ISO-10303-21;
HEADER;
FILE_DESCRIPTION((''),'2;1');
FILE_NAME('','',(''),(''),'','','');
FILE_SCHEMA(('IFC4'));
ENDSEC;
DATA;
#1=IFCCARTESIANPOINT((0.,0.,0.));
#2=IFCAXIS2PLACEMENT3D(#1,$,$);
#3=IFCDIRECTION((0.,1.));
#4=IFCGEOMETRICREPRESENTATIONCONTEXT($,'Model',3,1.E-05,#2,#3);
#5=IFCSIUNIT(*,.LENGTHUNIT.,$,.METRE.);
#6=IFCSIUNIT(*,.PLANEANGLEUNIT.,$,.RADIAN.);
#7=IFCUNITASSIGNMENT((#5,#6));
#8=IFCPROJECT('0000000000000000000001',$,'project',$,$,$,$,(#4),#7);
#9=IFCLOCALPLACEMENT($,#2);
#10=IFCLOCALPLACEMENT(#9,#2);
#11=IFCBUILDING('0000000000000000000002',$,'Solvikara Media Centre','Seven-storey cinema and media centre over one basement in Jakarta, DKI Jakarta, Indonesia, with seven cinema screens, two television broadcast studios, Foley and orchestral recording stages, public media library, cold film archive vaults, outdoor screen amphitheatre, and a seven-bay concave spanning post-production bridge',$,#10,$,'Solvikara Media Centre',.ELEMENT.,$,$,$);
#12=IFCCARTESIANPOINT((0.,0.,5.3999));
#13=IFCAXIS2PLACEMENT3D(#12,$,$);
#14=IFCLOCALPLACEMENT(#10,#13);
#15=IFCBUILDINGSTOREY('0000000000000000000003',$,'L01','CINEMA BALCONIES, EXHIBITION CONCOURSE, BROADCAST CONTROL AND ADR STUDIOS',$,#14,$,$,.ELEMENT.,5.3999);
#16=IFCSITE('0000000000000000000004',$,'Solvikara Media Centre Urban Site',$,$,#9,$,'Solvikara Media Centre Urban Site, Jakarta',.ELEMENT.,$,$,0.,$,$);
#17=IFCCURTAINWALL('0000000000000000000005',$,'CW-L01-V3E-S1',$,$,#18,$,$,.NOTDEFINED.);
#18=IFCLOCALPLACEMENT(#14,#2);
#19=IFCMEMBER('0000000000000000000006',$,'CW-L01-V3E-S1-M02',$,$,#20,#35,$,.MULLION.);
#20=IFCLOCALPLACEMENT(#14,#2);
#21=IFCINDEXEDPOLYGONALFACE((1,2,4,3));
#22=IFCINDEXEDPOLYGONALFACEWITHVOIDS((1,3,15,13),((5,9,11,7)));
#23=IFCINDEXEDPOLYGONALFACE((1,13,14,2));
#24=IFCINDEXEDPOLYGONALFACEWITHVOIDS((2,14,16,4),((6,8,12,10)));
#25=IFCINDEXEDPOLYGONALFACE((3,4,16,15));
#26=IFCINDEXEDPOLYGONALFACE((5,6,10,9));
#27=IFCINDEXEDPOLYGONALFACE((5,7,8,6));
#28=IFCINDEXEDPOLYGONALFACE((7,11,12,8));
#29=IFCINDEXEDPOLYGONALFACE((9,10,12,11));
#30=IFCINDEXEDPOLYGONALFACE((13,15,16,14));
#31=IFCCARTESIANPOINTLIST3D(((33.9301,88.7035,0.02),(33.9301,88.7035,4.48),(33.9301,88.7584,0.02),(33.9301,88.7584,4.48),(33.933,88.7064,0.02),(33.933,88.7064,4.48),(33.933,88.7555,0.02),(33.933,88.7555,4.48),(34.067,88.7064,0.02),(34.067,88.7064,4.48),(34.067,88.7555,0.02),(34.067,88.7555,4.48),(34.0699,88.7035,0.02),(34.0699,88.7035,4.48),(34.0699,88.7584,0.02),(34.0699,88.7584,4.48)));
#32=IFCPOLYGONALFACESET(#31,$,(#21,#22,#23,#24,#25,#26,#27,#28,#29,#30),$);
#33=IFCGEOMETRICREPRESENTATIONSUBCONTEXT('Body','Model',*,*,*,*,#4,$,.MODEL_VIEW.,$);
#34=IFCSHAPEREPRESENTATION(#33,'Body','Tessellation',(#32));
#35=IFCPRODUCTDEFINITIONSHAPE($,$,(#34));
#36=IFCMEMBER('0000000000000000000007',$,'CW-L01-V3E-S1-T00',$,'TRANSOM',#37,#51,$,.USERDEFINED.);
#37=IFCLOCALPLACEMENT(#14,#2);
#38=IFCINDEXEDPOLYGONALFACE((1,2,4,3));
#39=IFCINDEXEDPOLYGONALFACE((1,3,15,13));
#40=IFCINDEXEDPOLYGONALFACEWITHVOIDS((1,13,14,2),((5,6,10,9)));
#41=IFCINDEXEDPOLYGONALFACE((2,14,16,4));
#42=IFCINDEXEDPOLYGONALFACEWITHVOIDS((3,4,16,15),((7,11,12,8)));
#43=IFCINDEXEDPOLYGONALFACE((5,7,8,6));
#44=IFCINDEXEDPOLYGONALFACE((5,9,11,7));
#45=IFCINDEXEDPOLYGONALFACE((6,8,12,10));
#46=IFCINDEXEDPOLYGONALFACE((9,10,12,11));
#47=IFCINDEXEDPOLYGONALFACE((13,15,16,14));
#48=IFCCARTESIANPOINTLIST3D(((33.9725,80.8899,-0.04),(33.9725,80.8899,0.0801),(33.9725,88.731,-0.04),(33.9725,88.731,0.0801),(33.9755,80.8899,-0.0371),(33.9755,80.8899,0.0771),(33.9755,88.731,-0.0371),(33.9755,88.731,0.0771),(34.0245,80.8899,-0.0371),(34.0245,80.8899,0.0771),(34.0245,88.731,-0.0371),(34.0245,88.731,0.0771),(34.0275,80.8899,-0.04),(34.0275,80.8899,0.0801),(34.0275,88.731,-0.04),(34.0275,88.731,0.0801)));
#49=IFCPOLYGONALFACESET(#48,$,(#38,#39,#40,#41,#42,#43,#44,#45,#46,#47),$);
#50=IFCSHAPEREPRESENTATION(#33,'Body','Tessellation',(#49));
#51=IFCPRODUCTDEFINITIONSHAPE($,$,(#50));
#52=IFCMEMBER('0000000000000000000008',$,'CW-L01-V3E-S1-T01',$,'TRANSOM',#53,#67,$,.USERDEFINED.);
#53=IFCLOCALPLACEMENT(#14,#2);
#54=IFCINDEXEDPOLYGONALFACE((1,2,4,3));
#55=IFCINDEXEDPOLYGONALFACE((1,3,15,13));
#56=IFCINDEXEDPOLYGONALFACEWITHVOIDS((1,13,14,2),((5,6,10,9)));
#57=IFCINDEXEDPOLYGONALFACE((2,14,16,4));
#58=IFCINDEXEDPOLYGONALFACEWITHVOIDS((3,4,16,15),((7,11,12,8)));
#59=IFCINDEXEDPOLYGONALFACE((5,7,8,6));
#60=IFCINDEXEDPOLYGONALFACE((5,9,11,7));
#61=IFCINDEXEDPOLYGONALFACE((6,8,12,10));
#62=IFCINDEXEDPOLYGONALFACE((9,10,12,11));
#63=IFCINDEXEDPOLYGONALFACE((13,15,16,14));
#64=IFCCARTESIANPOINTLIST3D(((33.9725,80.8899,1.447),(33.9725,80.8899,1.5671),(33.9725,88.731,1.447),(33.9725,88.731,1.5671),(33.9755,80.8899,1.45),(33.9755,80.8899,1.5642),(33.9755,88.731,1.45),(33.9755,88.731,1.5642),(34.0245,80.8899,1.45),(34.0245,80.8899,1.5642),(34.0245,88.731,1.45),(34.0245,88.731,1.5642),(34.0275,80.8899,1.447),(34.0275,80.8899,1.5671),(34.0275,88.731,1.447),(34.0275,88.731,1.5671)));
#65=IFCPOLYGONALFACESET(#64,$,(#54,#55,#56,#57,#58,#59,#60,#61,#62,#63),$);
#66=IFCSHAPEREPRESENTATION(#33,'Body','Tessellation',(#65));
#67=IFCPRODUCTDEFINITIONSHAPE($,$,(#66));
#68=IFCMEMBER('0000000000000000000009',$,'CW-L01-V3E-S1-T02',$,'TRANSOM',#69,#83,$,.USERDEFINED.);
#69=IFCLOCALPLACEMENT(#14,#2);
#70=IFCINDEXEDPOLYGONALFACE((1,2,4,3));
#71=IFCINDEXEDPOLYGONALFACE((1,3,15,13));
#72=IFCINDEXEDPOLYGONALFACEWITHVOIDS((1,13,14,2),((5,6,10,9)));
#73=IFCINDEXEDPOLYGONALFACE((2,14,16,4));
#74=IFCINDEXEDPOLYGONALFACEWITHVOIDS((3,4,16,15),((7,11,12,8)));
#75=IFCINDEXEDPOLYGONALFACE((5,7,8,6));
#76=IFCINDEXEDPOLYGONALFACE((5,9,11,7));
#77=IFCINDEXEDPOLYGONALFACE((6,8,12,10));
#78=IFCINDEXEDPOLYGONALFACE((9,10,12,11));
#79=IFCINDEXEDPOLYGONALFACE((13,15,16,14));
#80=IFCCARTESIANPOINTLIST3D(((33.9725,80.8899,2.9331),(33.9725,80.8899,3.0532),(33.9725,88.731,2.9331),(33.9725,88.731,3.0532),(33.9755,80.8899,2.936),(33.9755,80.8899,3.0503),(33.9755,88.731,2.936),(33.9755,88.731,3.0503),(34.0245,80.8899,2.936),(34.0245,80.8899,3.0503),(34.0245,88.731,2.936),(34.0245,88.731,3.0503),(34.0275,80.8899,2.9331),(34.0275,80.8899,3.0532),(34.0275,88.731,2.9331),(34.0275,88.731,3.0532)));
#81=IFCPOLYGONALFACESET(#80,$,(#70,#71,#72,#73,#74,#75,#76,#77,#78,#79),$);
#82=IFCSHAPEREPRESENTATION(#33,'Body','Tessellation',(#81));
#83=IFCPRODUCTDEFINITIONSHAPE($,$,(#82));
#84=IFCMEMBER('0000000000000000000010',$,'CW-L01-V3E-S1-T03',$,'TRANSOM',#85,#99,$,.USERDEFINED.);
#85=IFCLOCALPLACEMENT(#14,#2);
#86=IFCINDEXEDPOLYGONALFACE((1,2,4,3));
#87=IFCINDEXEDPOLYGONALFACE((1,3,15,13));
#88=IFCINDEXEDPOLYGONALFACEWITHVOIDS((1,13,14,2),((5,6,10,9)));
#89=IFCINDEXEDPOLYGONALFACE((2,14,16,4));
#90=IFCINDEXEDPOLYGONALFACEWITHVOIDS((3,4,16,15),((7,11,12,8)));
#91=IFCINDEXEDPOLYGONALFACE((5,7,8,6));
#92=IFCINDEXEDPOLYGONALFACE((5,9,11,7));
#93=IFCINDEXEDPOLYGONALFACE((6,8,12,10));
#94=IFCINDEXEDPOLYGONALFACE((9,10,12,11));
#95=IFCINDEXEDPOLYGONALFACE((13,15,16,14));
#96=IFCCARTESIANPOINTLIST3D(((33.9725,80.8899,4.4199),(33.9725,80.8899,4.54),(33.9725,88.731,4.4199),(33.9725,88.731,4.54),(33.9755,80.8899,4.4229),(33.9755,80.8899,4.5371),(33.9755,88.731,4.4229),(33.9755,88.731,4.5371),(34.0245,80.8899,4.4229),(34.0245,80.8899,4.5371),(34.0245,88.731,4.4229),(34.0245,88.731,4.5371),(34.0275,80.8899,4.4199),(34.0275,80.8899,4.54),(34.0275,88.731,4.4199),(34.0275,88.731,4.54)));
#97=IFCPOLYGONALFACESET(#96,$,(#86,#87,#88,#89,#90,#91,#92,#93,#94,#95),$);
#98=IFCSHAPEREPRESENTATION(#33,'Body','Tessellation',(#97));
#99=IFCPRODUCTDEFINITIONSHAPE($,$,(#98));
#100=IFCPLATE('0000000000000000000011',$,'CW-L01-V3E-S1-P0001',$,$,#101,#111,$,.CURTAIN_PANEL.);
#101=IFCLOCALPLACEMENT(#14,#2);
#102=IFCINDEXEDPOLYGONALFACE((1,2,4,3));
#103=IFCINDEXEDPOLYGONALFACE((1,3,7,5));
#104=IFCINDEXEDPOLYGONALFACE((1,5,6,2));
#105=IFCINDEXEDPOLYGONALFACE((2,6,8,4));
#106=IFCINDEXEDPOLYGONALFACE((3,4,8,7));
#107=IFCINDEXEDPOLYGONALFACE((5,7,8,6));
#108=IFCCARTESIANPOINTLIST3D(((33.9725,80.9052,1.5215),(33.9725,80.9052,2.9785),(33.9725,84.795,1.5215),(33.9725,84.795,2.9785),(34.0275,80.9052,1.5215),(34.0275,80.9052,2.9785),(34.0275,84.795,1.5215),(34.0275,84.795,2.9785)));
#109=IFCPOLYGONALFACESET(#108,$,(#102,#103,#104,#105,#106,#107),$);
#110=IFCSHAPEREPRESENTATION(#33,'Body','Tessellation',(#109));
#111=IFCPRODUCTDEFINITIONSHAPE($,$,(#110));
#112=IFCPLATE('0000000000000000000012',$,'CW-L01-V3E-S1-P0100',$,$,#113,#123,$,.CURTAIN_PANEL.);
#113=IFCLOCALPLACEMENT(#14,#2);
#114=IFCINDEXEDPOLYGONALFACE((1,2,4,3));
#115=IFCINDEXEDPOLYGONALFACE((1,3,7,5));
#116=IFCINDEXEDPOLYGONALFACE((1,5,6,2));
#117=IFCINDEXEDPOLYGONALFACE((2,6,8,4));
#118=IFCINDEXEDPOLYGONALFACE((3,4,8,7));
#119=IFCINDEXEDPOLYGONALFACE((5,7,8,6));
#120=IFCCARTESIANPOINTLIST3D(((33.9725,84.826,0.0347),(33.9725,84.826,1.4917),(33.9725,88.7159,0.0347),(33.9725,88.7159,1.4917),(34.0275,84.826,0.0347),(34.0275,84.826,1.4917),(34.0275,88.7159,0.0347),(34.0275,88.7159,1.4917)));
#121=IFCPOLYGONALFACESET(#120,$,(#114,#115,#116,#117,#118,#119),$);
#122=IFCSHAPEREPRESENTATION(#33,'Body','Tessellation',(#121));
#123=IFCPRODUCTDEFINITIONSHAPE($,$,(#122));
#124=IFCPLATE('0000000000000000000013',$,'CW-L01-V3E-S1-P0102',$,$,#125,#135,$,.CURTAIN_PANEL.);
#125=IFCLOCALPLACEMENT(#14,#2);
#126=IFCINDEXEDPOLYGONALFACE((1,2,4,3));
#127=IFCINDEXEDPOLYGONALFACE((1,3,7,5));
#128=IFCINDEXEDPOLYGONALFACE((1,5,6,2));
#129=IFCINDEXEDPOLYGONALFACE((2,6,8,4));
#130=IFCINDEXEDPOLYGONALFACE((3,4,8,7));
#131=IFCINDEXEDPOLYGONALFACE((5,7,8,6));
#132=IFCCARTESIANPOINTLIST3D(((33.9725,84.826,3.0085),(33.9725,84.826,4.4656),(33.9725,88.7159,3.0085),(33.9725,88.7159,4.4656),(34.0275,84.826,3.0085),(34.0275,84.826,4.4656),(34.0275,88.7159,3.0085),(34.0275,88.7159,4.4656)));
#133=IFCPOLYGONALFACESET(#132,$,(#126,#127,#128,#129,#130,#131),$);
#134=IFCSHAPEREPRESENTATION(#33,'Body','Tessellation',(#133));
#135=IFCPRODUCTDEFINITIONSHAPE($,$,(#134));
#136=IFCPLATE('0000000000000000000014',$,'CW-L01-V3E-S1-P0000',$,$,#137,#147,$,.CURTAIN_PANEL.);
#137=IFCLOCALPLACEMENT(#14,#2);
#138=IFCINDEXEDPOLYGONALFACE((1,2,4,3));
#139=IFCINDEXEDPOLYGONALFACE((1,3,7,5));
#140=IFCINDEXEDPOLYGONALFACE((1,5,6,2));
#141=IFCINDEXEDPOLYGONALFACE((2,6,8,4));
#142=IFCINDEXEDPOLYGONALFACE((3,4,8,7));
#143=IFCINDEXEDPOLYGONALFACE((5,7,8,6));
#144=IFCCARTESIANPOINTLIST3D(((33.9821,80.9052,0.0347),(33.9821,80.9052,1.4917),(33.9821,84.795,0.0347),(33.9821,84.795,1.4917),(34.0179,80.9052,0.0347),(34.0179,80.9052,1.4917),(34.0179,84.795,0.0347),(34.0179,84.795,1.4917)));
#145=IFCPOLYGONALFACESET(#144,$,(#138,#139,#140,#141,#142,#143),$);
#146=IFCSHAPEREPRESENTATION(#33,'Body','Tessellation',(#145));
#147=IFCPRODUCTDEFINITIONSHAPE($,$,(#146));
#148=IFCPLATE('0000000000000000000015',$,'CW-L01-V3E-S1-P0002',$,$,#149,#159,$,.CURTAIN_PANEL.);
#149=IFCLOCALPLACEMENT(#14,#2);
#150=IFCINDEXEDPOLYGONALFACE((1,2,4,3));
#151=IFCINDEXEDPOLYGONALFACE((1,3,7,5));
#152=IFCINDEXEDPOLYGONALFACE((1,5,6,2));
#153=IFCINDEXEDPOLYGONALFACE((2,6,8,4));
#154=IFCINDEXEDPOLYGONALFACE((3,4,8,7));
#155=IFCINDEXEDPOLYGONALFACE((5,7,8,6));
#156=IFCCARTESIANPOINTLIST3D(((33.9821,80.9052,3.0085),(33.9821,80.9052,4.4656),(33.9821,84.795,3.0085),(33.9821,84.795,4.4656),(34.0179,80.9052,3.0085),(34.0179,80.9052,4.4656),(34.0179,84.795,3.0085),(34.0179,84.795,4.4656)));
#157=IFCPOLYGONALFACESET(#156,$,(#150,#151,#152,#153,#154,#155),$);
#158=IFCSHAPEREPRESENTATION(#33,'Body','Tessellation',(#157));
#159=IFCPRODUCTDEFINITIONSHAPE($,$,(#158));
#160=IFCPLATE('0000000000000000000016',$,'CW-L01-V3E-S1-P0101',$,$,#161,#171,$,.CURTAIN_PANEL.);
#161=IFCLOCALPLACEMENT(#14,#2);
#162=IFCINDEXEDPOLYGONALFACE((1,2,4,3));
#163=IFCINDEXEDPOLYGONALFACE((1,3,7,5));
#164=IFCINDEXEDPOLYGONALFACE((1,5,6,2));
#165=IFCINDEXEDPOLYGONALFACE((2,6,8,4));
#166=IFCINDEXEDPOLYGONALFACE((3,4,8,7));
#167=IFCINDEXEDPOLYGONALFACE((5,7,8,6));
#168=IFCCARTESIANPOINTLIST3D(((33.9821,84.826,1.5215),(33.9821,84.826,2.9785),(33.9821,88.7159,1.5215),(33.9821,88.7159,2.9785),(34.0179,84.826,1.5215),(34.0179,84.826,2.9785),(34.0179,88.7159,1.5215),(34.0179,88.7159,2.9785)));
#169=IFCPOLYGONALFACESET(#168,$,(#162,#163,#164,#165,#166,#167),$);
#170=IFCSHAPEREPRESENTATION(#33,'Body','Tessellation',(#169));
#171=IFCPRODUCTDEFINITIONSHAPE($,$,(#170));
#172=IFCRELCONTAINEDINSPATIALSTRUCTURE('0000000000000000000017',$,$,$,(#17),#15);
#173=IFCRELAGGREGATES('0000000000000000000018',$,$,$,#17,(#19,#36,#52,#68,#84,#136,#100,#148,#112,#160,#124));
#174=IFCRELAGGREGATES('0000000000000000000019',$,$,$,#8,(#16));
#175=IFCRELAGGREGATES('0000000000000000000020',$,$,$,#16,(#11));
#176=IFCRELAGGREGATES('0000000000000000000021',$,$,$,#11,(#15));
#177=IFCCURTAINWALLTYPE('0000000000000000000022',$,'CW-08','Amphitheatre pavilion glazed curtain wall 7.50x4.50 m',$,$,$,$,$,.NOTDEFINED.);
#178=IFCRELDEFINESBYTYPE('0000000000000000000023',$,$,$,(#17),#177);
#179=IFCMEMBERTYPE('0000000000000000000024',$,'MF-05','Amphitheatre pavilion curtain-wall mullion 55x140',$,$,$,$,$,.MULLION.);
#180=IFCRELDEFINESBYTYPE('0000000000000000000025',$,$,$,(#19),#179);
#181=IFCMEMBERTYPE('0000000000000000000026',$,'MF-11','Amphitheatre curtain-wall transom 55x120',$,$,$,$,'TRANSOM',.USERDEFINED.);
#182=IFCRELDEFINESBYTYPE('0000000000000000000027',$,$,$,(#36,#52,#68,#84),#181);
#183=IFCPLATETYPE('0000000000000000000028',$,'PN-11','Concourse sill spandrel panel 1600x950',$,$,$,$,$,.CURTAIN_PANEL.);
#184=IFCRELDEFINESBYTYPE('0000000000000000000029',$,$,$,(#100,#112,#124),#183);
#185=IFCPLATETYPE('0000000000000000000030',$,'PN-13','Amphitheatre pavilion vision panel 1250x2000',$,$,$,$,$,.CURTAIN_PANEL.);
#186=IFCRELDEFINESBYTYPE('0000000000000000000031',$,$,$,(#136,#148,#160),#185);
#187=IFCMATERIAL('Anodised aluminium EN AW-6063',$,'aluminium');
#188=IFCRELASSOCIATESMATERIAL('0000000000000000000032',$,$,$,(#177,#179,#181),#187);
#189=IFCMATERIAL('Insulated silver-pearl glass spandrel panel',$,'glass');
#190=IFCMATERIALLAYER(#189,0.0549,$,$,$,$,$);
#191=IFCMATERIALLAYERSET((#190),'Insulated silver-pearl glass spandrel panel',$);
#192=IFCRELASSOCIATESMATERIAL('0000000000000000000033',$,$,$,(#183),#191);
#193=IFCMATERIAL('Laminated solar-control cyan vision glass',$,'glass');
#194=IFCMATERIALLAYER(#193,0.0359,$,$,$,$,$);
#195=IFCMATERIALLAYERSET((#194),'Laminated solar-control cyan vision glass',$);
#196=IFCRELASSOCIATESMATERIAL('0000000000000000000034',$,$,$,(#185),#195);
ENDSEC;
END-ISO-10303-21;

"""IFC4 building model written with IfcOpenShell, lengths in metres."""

from ifc_helpers import new_model, si_unit, direction, frame, origin, origin_2d, place, context, subcontext, project, spatial, rectangle, hollow_rectangle, extrude, material, layer, layer_set, material_profile, profile_set, type_object, element, aggregate, save


model = new_model("IFC4")

# Units and contexts
model_context = context("Model", 3, precision=1e-05, world=origin(), true_north=direction((0.0, 1.0)))
body_context = subcontext(model_context, "Body", "Model", "MODEL_VIEW")
ifc_project = project(units=[si_unit("LENGTHUNIT", "METRE"), si_unit("PLANEANGLEUNIT", "RADIAN")], contexts=[model_context])

# Site, building, storey
site_placement = place(None, origin())
site = spatial("IfcSite", under=ifc_project, at=site_placement, Name="Solvikara Media Centre Urban Site", LongName="Solvikara Media Centre Urban Site, Jakarta", CompositionType="ELEMENT", RefElevation=0.0)
building_placement = place(site_placement, origin())
building = spatial("IfcBuilding", under=site, at=building_placement, Name="Solvikara Media Centre", Description="Seven-storey cinema and media centre over one basement in Jakarta, DKI Jakarta, Indonesia, with seven cinema screens, two television broadcast studios, Foley and orchestral recording stages, public media library, cold film archive vaults, outdoor screen amphitheatre, and a seven-bay concave spanning post-production bridge", LongName="Solvikara Media Centre", CompositionType="ELEMENT")
storey_placement = place(building_placement, frame((0.0, 0.0, 5.3999)))
storey = spatial("IfcBuildingStorey", under=building, at=storey_placement, Name="L01", Description="CINEMA BALCONIES, EXHIBITION CONCOURSE, BROADCAST CONTROL AND ADR STUDIOS", CompositionType="ELEMENT", Elevation=5.3999)

# Curtain wall, members, plates
ifc_material_1 = material(Name="Anodised aluminium EN AW-6063", Category="aluminium")
curtain_wall_type = type_object("IfcCurtainWallType", Name="CW-08", Description="Amphitheatre pavilion glazed curtain wall 7.50x4.50 m", PredefinedType="NOTDEFINED", material=ifc_material_1)
curtain_wall_placement = place(storey_placement, origin())
curtain_wall = element("IfcCurtainWall", 1, at=curtain_wall_placement, inside=storey, type_object=curtain_wall_type, Name="CW-L01-V3E-S1", PredefinedType="NOTDEFINED")
ifc_material_profile_1 = material_profile(ifc_material_1, hollow_rectangle(XDim=0.0549, YDim=0.1399, WallThickness=0.0029, at=origin_2d()), Name="ALU-M 55x140x3")
ifc_profile_set_1 = profile_set([ifc_material_profile_1], Name="Anodised aluminium EN AW-6063")
member_type_1 = type_object("IfcMemberType", Name="MF-05", Description="Amphitheatre pavilion curtain-wall mullion 55x140", PredefinedType="MULLION", material=ifc_profile_set_1)
member_1_placement = place(storey_placement, frame((34.0, 88.731, 0.02), z_axis=(0.0, 0.0, 1.0), x_axis=(0.0, 1.0, 0.0)))
member_1 = element("IfcMember", 2, at=member_1_placement, type_object=member_type_1, Name="CW-L01-V3E-S1-M02", PredefinedType="MULLION", context=body_context, shape_type="SweptSolid", body=[
    extrude(hollow_rectangle(XDim=0.0549, YDim=0.1399, WallThickness=0.0029, at=origin_2d()), origin(), (0.0, 0.0, 1.0), 4.46),
])
ifc_material_profile_2 = material_profile(ifc_material_1, hollow_rectangle(XDim=0.0549, YDim=0.1201, WallThickness=0.0029, at=origin_2d()), Name="ALU-T 55x120x3")
ifc_profile_set_2 = profile_set([ifc_material_profile_2], Name="Anodised aluminium EN AW-6063")
member_type_2 = type_object("IfcMemberType", Name="MF-11", Description="Amphitheatre curtain-wall transom 55x120", ElementType="TRANSOM", PredefinedType="USERDEFINED", material=ifc_profile_set_2)
member_2_placement = place(storey_placement, frame((34.0, 80.8899, 0.02), z_axis=(0.0, 1.0, 0.0), x_axis=(-1.0, 0.0, 0.0)))
member_2 = element("IfcMember", 3, at=member_2_placement, type_object=member_type_2, Name="CW-L01-V3E-S1-T00", ObjectType="TRANSOM", PredefinedType="USERDEFINED", context=body_context, shape_type="SweptSolid", body=[
    extrude(hollow_rectangle(XDim=0.0549, YDim=0.1201, WallThickness=0.0029, at=origin_2d()), origin(), (0.0, 0.0, 1.0), 7.8411),
])
member_3_placement = place(storey_placement, frame((34.0, 80.8899, 1.5071), z_axis=(0.0, 1.0, 0.0), x_axis=(-1.0, 0.0, 0.0)))
member_3 = element("IfcMember", 4, at=member_3_placement, type_object=member_type_2, Name="CW-L01-V3E-S1-T01", ObjectType="TRANSOM", PredefinedType="USERDEFINED", context=body_context, shape_type="SweptSolid", body=[
    extrude(hollow_rectangle(XDim=0.0549, YDim=0.1201, WallThickness=0.0029, at=origin_2d()), origin(), (0.0, 0.0, 1.0), 7.8411),
])
member_4_placement = place(storey_placement, frame((34.0, 80.8899, 2.9932), z_axis=(0.0, 1.0, 0.0), x_axis=(-1.0, 0.0, 0.0)))
member_4 = element("IfcMember", 5, at=member_4_placement, type_object=member_type_2, Name="CW-L01-V3E-S1-T02", ObjectType="TRANSOM", PredefinedType="USERDEFINED", context=body_context, shape_type="SweptSolid", body=[
    extrude(hollow_rectangle(XDim=0.0549, YDim=0.1201, WallThickness=0.0029, at=origin_2d()), origin(), (0.0, 0.0, 1.0), 7.8411),
])
member_5_placement = place(storey_placement, frame((34.0, 80.8899, 4.48), z_axis=(0.0, 1.0, 0.0), x_axis=(-1.0, 0.0, 0.0)))
member_5 = element("IfcMember", 6, at=member_5_placement, type_object=member_type_2, Name="CW-L01-V3E-S1-T03", ObjectType="TRANSOM", PredefinedType="USERDEFINED", context=body_context, shape_type="SweptSolid", body=[
    extrude(hollow_rectangle(XDim=0.0549, YDim=0.1201, WallThickness=0.0029, at=origin_2d()), origin(), (0.0, 0.0, 1.0), 7.8411),
])
ifc_material_2 = material(Name="Insulated silver-pearl glass spandrel panel", Category="glass")
ifc_layer_1 = layer(ifc_material_2, 0.0549)
ifc_layer_set_1 = layer_set([ifc_layer_1], Name="Insulated silver-pearl glass spandrel panel")
plate_type_1 = type_object("IfcPlateType", Name="PN-11", Description="Concourse sill spandrel panel 1600x950", PredefinedType="CURTAIN_PANEL", material=ifc_layer_set_1)
plate_1_placement = place(storey_placement, frame((34.0, 82.8501, 1.5215), z_axis=(0.0, 0.0, 1.0), x_axis=(0.0, 1.0, 0.0)))
plate_1 = element("IfcPlate", 7, at=plate_1_placement, type_object=plate_type_1, Name="CW-L01-V3E-S1-P0001", PredefinedType="CURTAIN_PANEL", context=body_context, shape_type="SweptSolid", body=[
    extrude(rectangle(XDim=3.8899, YDim=0.0549, at=origin_2d()), origin(), (0.0, 0.0, 1.0), 1.457),
])
plate_2_placement = place(storey_placement, frame((34.0, 86.771, 0.0347), z_axis=(0.0, 0.0, 1.0), x_axis=(0.0, 1.0, 0.0)))
plate_2 = element("IfcPlate", 8, at=plate_2_placement, type_object=plate_type_1, Name="CW-L01-V3E-S1-P0100", PredefinedType="CURTAIN_PANEL", context=body_context, shape_type="SweptSolid", body=[
    extrude(rectangle(XDim=3.8899, YDim=0.0549, at=origin_2d()), origin(), (0.0, 0.0, 1.0), 1.457),
])
plate_3_placement = place(storey_placement, frame((34.0, 86.771, 3.0085), z_axis=(0.0, 0.0, 1.0), x_axis=(0.0, 1.0, 0.0)))
plate_3 = element("IfcPlate", 9, at=plate_3_placement, type_object=plate_type_1, Name="CW-L01-V3E-S1-P0102", PredefinedType="CURTAIN_PANEL", context=body_context, shape_type="SweptSolid", body=[
    extrude(rectangle(XDim=3.8899, YDim=0.0549, at=origin_2d()), origin(), (0.0, 0.0, 1.0), 1.457),
])
ifc_material_3 = material(Name="Laminated solar-control cyan vision glass", Category="glass")
ifc_layer_2 = layer(ifc_material_3, 0.0359)
ifc_layer_set_2 = layer_set([ifc_layer_2], Name="Laminated solar-control cyan vision glass")
plate_type_2 = type_object("IfcPlateType", Name="PN-13", Description="Amphitheatre pavilion vision panel 1250x2000", PredefinedType="CURTAIN_PANEL", material=ifc_layer_set_2)
plate_4_placement = place(storey_placement, frame((34.0, 82.8501, 0.0347), z_axis=(0.0, 0.0, 1.0), x_axis=(0.0, 1.0, 0.0)))
plate_4 = element("IfcPlate", 10, at=plate_4_placement, type_object=plate_type_2, Name="CW-L01-V3E-S1-P0000", PredefinedType="CURTAIN_PANEL", context=body_context, shape_type="SweptSolid", body=[
    extrude(rectangle(XDim=3.8899, YDim=0.0359, at=origin_2d()), origin(), (0.0, 0.0, 1.0), 1.457),
])
plate_5_placement = place(storey_placement, frame((34.0, 82.8501, 3.0085), z_axis=(0.0, 0.0, 1.0), x_axis=(0.0, 1.0, 0.0)))
plate_5 = element("IfcPlate", 11, at=plate_5_placement, type_object=plate_type_2, Name="CW-L01-V3E-S1-P0002", PredefinedType="CURTAIN_PANEL", context=body_context, shape_type="SweptSolid", body=[
    extrude(rectangle(XDim=3.8899, YDim=0.0359, at=origin_2d()), origin(), (0.0, 0.0, 1.0), 1.457),
])
plate_6_placement = place(storey_placement, frame((34.0, 86.771, 1.5215), z_axis=(0.0, 0.0, 1.0), x_axis=(0.0, 1.0, 0.0)))
plate_6 = element("IfcPlate", 12, at=plate_6_placement, type_object=plate_type_2, Name="CW-L01-V3E-S1-P0101", PredefinedType="CURTAIN_PANEL", context=body_context, shape_type="SweptSolid", body=[
    extrude(rectangle(XDim=3.8899, YDim=0.0359, at=origin_2d()), origin(), (0.0, 0.0, 1.0), 1.457),
])
aggregate(curtain_wall, [member_1, member_2, member_3, member_4, member_5, plate_4, plate_1, plate_5, plate_2, plate_6, plate_3])

save(model, "model.ifc")
